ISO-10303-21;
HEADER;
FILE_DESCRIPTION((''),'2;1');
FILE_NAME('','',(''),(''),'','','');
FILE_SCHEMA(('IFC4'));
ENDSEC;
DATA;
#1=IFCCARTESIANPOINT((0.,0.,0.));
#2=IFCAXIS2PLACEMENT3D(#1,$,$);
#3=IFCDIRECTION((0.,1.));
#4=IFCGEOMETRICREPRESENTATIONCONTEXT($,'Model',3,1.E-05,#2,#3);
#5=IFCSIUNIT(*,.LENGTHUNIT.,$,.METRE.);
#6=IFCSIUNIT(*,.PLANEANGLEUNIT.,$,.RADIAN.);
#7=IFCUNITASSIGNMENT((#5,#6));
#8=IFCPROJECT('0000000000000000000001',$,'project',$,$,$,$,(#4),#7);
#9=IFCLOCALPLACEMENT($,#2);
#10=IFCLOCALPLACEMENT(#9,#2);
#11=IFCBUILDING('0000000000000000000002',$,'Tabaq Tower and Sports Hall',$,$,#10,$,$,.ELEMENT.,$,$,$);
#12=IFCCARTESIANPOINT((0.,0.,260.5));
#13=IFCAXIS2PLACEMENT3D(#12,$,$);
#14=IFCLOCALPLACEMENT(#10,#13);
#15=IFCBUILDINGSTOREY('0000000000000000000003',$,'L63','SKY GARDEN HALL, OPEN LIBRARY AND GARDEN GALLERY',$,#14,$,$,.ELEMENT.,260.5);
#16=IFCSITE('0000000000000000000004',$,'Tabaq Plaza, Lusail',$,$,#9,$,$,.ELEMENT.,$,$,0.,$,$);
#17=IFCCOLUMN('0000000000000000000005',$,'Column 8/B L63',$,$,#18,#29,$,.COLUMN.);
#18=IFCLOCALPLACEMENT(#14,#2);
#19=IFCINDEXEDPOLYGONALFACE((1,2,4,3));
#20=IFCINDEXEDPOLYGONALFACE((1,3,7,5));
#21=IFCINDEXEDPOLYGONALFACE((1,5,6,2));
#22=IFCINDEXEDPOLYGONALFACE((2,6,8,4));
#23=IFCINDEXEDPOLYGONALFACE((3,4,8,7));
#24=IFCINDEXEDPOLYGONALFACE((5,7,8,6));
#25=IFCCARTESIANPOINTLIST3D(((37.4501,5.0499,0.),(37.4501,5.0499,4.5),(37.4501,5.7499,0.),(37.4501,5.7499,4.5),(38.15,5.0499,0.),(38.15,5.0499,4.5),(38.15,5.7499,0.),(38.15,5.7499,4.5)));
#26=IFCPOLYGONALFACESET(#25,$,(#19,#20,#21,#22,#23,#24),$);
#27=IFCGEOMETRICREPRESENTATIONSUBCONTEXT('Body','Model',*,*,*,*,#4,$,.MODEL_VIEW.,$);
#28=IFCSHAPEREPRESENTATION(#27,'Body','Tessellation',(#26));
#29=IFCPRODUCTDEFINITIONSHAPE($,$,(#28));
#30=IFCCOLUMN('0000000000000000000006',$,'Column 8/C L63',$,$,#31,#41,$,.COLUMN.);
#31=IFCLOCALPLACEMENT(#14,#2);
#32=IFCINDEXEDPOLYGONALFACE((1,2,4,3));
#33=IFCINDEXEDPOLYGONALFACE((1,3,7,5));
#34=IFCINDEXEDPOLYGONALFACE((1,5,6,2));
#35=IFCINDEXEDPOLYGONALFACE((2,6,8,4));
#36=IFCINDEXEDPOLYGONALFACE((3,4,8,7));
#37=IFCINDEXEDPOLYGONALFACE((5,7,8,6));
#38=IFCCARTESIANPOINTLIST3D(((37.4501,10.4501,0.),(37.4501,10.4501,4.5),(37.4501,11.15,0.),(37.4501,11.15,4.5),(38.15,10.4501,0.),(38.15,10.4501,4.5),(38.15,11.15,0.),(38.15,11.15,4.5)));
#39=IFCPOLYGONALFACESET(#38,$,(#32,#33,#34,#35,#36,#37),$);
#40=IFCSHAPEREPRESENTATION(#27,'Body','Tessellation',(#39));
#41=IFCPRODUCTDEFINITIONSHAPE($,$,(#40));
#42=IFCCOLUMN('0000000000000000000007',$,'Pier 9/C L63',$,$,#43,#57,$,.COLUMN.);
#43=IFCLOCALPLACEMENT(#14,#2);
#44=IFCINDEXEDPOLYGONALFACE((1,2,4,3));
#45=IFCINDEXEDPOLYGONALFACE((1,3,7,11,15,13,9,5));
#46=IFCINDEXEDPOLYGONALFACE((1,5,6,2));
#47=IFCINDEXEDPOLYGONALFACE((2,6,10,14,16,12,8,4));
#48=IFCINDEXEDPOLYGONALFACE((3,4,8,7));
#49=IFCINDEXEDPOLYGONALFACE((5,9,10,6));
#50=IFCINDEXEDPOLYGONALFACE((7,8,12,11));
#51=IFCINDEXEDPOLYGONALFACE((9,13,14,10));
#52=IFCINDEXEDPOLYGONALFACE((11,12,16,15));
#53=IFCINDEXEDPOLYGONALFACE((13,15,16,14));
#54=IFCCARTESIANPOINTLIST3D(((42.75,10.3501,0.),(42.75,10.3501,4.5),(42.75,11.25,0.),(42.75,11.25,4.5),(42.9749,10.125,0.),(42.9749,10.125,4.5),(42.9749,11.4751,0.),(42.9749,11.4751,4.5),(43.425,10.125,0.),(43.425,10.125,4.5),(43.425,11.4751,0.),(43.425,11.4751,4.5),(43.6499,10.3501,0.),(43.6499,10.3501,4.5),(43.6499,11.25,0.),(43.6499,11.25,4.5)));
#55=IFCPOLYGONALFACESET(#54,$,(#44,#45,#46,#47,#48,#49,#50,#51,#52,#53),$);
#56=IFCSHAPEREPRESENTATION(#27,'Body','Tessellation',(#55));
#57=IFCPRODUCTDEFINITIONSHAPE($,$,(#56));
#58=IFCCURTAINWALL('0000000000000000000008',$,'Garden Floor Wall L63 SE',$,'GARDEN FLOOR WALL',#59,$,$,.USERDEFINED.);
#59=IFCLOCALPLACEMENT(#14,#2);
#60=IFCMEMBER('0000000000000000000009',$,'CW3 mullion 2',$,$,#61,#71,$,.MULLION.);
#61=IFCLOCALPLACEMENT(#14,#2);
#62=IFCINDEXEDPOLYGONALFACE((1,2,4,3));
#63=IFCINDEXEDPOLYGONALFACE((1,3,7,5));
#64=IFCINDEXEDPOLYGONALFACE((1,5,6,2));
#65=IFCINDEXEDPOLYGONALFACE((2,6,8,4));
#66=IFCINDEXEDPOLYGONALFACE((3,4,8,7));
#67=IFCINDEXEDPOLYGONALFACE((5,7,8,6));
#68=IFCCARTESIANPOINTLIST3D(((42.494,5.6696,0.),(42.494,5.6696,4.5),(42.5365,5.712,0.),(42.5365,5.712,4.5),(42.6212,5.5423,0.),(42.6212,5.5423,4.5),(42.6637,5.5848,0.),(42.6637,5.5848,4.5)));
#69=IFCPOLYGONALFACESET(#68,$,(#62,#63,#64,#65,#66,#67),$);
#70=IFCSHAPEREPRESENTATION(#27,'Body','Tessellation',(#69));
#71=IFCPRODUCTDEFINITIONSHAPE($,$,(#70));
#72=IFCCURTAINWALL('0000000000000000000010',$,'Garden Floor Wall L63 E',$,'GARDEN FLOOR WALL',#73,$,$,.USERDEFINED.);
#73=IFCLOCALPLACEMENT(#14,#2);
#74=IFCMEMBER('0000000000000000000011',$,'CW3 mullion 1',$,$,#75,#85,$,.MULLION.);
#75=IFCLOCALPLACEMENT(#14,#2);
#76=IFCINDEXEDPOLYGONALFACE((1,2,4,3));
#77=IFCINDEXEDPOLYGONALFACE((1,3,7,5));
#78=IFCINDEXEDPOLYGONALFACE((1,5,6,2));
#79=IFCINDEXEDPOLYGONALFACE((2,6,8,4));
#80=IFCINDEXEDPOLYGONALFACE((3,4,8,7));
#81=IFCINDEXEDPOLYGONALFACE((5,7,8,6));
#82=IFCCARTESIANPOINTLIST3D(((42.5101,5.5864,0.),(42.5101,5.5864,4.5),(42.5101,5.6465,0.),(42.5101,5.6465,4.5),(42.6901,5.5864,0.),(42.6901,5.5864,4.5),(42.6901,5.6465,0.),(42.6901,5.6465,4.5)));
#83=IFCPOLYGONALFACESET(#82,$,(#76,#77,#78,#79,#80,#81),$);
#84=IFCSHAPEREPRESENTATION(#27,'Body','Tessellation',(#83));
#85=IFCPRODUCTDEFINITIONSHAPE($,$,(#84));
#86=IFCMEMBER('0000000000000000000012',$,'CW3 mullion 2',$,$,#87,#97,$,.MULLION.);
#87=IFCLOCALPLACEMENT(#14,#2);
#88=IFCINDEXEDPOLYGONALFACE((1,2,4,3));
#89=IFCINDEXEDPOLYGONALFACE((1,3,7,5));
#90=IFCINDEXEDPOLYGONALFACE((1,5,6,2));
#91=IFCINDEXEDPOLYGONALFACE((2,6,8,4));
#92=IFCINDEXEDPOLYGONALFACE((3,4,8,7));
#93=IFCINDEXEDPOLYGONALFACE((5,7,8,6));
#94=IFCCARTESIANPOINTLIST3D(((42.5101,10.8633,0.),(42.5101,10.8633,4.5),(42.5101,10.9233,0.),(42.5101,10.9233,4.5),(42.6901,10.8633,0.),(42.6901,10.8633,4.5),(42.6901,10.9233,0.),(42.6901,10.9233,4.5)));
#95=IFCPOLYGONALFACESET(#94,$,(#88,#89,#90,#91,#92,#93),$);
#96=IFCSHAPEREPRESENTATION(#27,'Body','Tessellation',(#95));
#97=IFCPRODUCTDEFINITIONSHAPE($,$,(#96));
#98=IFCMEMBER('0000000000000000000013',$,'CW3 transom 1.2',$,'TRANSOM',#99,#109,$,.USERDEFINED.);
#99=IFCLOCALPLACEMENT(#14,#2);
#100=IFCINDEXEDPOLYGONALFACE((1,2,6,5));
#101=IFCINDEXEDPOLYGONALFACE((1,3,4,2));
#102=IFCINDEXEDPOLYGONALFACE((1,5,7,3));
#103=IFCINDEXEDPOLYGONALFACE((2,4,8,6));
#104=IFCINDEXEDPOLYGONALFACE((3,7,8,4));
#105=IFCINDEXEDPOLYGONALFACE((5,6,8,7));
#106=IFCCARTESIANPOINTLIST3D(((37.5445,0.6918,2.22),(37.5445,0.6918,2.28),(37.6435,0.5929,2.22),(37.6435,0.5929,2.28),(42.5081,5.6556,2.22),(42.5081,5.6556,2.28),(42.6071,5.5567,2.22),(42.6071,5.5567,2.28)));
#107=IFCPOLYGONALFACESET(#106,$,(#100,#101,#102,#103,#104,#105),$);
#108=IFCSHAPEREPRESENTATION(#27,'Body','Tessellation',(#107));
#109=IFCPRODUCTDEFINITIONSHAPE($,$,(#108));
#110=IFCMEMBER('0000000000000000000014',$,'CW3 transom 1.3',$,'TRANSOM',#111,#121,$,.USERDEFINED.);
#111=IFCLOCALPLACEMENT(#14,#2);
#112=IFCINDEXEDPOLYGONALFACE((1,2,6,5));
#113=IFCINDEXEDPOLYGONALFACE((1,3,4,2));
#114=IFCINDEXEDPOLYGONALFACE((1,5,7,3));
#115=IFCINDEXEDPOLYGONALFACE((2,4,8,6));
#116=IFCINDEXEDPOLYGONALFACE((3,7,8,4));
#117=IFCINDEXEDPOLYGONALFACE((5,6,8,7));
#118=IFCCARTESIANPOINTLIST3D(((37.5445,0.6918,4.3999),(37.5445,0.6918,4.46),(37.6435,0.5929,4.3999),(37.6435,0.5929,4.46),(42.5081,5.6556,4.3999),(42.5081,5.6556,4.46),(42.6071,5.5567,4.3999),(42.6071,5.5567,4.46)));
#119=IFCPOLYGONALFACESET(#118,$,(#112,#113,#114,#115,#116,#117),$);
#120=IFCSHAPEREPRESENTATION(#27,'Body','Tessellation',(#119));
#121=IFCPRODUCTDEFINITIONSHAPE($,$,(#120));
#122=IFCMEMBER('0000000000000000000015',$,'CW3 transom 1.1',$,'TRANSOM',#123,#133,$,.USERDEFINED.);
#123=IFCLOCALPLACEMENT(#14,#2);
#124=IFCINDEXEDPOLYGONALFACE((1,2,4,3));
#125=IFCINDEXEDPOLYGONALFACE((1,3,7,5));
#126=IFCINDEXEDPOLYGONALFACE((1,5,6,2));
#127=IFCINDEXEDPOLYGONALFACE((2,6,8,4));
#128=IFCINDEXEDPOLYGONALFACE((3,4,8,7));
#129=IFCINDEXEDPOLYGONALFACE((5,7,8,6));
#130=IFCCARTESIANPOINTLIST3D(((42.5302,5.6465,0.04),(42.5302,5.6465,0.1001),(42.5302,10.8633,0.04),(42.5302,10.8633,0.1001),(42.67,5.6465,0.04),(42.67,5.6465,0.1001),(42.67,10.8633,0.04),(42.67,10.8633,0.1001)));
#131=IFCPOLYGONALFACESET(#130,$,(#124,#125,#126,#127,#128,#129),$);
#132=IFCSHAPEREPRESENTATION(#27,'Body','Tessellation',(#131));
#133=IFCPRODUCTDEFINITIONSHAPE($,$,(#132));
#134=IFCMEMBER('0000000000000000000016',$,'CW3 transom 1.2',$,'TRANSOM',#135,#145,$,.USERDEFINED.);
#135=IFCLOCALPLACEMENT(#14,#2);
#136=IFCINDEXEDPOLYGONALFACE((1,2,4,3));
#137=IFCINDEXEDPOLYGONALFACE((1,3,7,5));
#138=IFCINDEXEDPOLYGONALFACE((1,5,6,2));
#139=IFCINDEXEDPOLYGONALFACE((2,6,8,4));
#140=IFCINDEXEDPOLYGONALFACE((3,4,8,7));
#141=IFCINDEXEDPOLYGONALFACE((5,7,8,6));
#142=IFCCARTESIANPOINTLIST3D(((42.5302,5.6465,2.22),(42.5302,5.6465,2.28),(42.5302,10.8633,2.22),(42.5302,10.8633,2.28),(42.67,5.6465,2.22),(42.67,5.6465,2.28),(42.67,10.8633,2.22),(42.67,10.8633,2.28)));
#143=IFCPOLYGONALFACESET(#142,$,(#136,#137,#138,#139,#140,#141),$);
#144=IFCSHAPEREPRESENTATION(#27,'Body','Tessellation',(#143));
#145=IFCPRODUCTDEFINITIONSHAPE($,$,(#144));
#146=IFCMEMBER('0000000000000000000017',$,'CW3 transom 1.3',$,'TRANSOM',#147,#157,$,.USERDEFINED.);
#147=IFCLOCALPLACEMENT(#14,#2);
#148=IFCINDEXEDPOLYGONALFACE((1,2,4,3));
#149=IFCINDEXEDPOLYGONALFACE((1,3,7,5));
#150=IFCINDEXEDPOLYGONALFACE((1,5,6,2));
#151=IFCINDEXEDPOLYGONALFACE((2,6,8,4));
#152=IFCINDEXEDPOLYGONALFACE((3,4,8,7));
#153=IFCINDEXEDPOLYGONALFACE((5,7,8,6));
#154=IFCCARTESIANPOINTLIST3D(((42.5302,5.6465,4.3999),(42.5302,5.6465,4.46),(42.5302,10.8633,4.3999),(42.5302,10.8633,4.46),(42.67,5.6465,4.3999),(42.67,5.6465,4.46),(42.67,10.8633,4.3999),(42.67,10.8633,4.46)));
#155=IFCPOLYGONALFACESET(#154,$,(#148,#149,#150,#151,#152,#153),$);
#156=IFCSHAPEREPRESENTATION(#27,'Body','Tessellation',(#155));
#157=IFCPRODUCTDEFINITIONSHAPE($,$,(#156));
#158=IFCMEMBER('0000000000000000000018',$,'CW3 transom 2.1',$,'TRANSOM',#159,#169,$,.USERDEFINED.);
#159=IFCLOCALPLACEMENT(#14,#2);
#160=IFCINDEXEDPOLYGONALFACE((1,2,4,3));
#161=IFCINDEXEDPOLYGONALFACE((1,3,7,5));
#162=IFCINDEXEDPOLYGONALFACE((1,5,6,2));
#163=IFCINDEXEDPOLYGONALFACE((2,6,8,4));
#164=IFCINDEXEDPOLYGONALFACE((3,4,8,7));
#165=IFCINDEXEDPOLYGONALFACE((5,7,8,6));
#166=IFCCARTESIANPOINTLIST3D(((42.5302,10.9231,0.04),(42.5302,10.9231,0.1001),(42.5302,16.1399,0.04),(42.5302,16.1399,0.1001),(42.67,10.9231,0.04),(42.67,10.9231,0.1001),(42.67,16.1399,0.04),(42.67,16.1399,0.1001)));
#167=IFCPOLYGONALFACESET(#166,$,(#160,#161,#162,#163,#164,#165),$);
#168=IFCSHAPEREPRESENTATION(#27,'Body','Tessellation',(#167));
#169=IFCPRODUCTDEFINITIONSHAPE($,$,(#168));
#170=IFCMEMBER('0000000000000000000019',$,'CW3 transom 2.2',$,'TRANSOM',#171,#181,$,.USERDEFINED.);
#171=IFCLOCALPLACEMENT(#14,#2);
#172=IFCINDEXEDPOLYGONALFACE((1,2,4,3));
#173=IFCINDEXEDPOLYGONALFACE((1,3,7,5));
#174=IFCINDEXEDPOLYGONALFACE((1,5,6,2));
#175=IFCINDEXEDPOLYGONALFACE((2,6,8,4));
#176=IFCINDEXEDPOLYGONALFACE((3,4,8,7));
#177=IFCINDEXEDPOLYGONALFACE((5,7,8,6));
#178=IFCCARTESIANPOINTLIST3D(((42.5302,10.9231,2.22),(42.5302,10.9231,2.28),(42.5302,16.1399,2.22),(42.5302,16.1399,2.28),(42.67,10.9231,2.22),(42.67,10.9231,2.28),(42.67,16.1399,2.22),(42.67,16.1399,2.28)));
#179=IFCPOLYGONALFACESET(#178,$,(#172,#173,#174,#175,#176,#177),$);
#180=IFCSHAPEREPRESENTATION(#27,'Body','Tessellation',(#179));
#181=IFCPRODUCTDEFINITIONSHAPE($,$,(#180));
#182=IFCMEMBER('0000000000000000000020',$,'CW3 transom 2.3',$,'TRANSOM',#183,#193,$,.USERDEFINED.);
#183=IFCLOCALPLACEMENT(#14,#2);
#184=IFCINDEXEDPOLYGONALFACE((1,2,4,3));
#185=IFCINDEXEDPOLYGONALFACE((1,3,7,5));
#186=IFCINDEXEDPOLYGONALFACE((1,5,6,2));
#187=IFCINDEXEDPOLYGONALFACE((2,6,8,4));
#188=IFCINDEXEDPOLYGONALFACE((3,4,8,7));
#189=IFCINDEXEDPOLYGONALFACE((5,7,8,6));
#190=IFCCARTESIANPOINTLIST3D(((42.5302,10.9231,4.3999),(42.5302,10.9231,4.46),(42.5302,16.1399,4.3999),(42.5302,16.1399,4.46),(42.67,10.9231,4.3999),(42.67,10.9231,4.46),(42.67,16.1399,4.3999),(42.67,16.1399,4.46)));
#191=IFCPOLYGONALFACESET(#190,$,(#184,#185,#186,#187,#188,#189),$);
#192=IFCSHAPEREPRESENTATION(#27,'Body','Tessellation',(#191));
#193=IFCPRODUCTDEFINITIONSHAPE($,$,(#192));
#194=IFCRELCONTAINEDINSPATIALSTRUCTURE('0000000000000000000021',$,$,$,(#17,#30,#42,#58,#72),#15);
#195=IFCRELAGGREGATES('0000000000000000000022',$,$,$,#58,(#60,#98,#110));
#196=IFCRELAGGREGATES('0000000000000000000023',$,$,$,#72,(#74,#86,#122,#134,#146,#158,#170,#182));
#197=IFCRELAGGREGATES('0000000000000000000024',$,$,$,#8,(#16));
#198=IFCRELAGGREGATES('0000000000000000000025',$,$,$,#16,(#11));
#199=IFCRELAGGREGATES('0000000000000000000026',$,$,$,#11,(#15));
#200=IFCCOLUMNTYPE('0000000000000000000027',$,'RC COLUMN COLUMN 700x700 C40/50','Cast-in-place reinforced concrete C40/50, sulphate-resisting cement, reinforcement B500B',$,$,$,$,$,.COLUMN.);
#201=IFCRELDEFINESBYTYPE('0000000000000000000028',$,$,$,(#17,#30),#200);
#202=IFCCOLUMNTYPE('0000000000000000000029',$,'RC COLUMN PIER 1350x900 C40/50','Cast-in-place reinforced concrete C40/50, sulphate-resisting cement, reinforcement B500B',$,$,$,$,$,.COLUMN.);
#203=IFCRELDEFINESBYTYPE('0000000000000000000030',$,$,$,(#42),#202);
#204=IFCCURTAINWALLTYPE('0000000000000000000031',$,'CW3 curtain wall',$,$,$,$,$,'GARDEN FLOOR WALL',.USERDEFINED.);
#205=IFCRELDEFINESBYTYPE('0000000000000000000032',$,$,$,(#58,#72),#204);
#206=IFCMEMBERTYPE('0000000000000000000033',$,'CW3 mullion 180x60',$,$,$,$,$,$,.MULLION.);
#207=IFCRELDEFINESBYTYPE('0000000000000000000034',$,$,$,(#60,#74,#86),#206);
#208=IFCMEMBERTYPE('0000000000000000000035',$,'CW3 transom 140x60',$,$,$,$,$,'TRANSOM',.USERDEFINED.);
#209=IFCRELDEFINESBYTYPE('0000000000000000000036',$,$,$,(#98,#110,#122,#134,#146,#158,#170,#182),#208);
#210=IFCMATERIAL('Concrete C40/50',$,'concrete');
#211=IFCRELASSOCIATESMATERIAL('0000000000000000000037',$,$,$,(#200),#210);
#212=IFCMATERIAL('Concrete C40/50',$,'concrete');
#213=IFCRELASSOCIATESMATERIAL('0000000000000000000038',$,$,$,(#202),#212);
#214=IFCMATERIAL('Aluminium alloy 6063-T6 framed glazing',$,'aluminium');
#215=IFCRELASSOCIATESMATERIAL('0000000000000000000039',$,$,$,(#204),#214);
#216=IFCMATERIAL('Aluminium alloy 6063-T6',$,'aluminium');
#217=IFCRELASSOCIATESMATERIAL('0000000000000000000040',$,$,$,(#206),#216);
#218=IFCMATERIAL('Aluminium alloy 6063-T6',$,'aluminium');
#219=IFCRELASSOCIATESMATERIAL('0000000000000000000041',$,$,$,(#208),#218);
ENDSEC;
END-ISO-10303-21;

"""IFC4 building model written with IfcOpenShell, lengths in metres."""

from ifc_helpers import new_model, si_unit, direction, frame, origin, origin_2d, place, context, subcontext, project, spatial, polyline, rectangle, outline, extrude, material, material_profile, profile_set, type_object, element, aggregate, save


model = new_model("IFC4")

# Units and contexts
model_context = context("Model", 3, precision=1e-05, world=origin(), true_north=direction((0.0, 1.0)))
body_context = subcontext(model_context, "Body", "Model", "MODEL_VIEW")
ifc_project = project(units=[si_unit("LENGTHUNIT", "METRE"), si_unit("PLANEANGLEUNIT", "RADIAN")], contexts=[model_context])

# Site, building, storey
site_placement = place(None, origin())
site = spatial("IfcSite", under=ifc_project, at=site_placement, Name="Tabaq Plaza, Lusail", CompositionType="ELEMENT", RefElevation=0.0)
building_placement = place(site_placement, origin())
building = spatial("IfcBuilding", under=site, at=building_placement, Name="Tabaq Tower and Sports Hall", CompositionType="ELEMENT")
storey_placement = place(building_placement, frame((0.0, 0.0, 260.5)))
storey = spatial("IfcBuildingStorey", under=building, at=storey_placement, Name="L63", Description="SKY GARDEN HALL, OPEN LIBRARY AND GARDEN GALLERY", CompositionType="ELEMENT", Elevation=260.5)

# Columns
ifc_material_1 = material(Name="Concrete C40/50", Category="concrete")
ifc_material_profile_1 = material_profile(ifc_material_1, rectangle(XDim=0.7, YDim=0.7, at=origin_2d()), Name="COLUMN 700x700")
ifc_profile_set_1 = profile_set([ifc_material_profile_1], Name="Concrete C40/50")
column_type_1 = type_object("IfcColumnType", Name="RC COLUMN COLUMN 700x700 C40/50", Description="Cast-in-place reinforced concrete C40/50, sulphate-resisting cement, reinforcement B500B", PredefinedType="COLUMN", material=ifc_profile_set_1)
for number, where, z_axis, x_axis, name in (
    (1, (37.8, 5.3999, 0.0), (0.0, 0.0, 1.0), (1.0, 0.0, 0.0), "Column 8/B L63"),
    (2, (37.8, 10.8, 0.0), (0.0, 0.0, 1.0), (1.0, 0.0, 0.0), "Column 8/C L63"),
):
    element("IfcColumn", number, at=place(storey_placement, frame(where, z_axis=z_axis, x_axis=x_axis)), inside=storey, type_object=column_type_1, Name=name, PredefinedType="COLUMN", context=body_context, shape_type="SweptSolid", body=[
        extrude(rectangle(XDim=0.7, YDim=0.7, at=origin_2d()), origin(), (0.0, 0.0, 1.0), 4.5),
    ])
ifc_material_2 = material(Name="Concrete C40/50", Category="concrete")
ifc_material_profile_2 = material_profile(ifc_material_2, outline(polyline([(-0.45, -0.45), (0.45, -0.45), (0.675, -0.2251), (0.675, 0.2251), (0.45, 0.45), (-0.45, 0.45), (-0.675, 0.2251), (-0.675, -0.2251), (-0.45, -0.45)])), Name="PIER 1350x900")
ifc_profile_set_2 = profile_set([ifc_material_profile_2], Name="Concrete C40/50")
column_type_2 = type_object("IfcColumnType", Name="RC COLUMN PIER 1350x900 C40/50", Description="Cast-in-place reinforced concrete C40/50, sulphate-resisting cement, reinforcement B500B", PredefinedType="COLUMN", material=ifc_profile_set_2)
column_placement = place(storey_placement, frame((43.2, 10.8, 0.0), z_axis=(0.0, 0.0, 1.0), x_axis=(0.0, 1.0, 0.0)))
element("IfcColumn", 3, at=column_placement, inside=storey, type_object=column_type_2, Name="Pier 9/C L63", PredefinedType="COLUMN", context=body_context, shape_type="SweptSolid", body=[
    extrude(outline(polyline([(-0.45, -0.45), (0.45, -0.45), (0.675, -0.2251), (0.675, 0.2251), (0.45, 0.45), (-0.45, 0.45), (-0.675, 0.2251), (-0.675, -0.2251), (-0.45, -0.45)])), origin(), (0.0, 0.0, 1.0), 4.5),
])

# Curtain wall, member
ifc_material_3 = material(Name="Aluminium alloy 6063-T6 framed glazing", Category="aluminium")
curtain_wall_type = type_object("IfcCurtainWallType", Name="CW3 curtain wall", ElementType="GARDEN FLOOR WALL", PredefinedType="USERDEFINED", material=ifc_material_3)
curtain_wall_1_placement = place(storey_placement, origin())
curtain_wall_1 = element("IfcCurtainWall", 4, at=curtain_wall_1_placement, inside=storey, type_object=curtain_wall_type, Name="Garden Floor Wall L63 SE", ObjectType="GARDEN FLOOR WALL", PredefinedType="USERDEFINED")
ifc_material_4 = material(Name="Aluminium alloy 6063-T6", Category="aluminium")
ifc_material_profile_3 = material_profile(ifc_material_4, rectangle(XDim=0.1799, YDim=0.0601, at=origin_2d()), Name="MULLION 180x60")
ifc_profile_set_3 = profile_set([ifc_material_profile_3], Name="Aluminium alloy 6063-T6")
member_type_1 = type_object("IfcMemberType", Name="CW3 mullion 180x60", PredefinedType="MULLION", material=ifc_profile_set_3)
member_1_placement = place(storey_placement, frame((42.5789, 5.6272, 0.0), z_axis=(0.0, 0.0, 1.0), x_axis=(-0.707107, 0.707107, 0.0)))
member_1 = element("IfcMember", 5, at=member_1_placement, type_object=member_type_1, Name="CW3 mullion 2", PredefinedType="MULLION", context=body_context, shape_type="SweptSolid", body=[
    extrude(rectangle(XDim=0.1799, YDim=0.0601, at=origin_2d()), origin(), (0.0, 0.0, 1.0), 4.5),
])

# Curtain wall, members
curtain_wall_2_placement = place(storey_placement, origin())
curtain_wall_2 = element("IfcCurtainWall", 6, at=curtain_wall_2_placement, inside=storey, type_object=curtain_wall_type, Name="Garden Floor Wall L63 E", ObjectType="GARDEN FLOOR WALL", PredefinedType="USERDEFINED")
member_2_placement = place(storey_placement, frame((42.6001, 5.6165, 0.0), z_axis=(0.0, 0.0, 1.0), x_axis=(-1.0, 0.0, 0.0)))
member_2 = element("IfcMember", 7, at=member_2_placement, type_object=member_type_1, Name="CW3 mullion 1", PredefinedType="MULLION", context=body_context, shape_type="SweptSolid", body=[
    extrude(rectangle(XDim=0.1799, YDim=0.0601, at=origin_2d()), origin(), (0.0, 0.0, 1.0), 4.5),
])
member_3_placement = place(storey_placement, frame((42.6001, 10.8933, 0.0), z_axis=(0.0, 0.0, 1.0), x_axis=(-1.0, 0.0, 0.0)))
member_3 = element("IfcMember", 8, at=member_3_placement, type_object=member_type_1, Name="CW3 mullion 2", PredefinedType="MULLION", context=body_context, shape_type="SweptSolid", body=[
    extrude(rectangle(XDim=0.1799, YDim=0.0601, at=origin_2d()), origin(), (0.0, 0.0, 1.0), 4.5),
])

# Members
ifc_material_5 = material(Name="Aluminium alloy 6063-T6", Category="aluminium")
ifc_material_profile_4 = material_profile(ifc_material_5, rectangle(XDim=0.1399, YDim=0.0601, at=origin_2d()), Name="TRANSOM 140x60")
ifc_profile_set_4 = profile_set([ifc_material_profile_4], Name="Aluminium alloy 6063-T6")
member_type_2 = type_object("IfcMemberType", Name="CW3 transom 140x60", ElementType="TRANSOM", PredefinedType="USERDEFINED", material=ifc_profile_set_4)
member_4_placement = place(storey_placement, frame((37.594, 0.6423, 2.25), z_axis=(0.707089, 0.707124, 0.0), x_axis=(-0.707124, 0.707089, 0.0)))
member_4 = element("IfcMember", 9, at=member_4_placement, type_object=member_type_2, Name="CW3 transom 1.2", ObjectType="TRANSOM", PredefinedType="USERDEFINED", context=body_context, shape_type="SweptSolid", body=[
    extrude(rectangle(XDim=0.1399, YDim=0.0601, at=origin_2d()), origin(), (0.0, 0.0, 1.0), 7.0198),
])
member_5_placement = place(storey_placement, frame((37.594, 0.6423, 4.4299), z_axis=(0.707089, 0.707124, 0.0), x_axis=(-0.707124, 0.707089, 0.0)))
member_5 = element("IfcMember", 10, at=member_5_placement, type_object=member_type_2, Name="CW3 transom 1.3", ObjectType="TRANSOM", PredefinedType="USERDEFINED", context=body_context, shape_type="SweptSolid", body=[
    extrude(rectangle(XDim=0.1399, YDim=0.0601, at=origin_2d()), origin(), (0.0, 0.0, 1.0), 7.0198),
])
member_6_placement = place(storey_placement, frame((42.6001, 5.6465, 0.0701), z_axis=(0.0, 1.0, 0.0), x_axis=(-1.0, 0.0, 0.0)))
member_6 = element("IfcMember", 11, at=member_6_placement, type_object=member_type_2, Name="CW3 transom 1.1", ObjectType="TRANSOM", PredefinedType="USERDEFINED", context=body_context, shape_type="SweptSolid", body=[
    extrude(rectangle(XDim=0.1399, YDim=0.0601, at=origin_2d()), origin(), (0.0, 0.0, 1.0), 5.2168),
])
member_7_placement = place(storey_placement, frame((42.6001, 5.6465, 2.25), z_axis=(0.0, 1.0, 0.0), x_axis=(-1.0, 0.0, 0.0)))
member_7 = element("IfcMember", 12, at=member_7_placement, type_object=member_type_2, Name="CW3 transom 1.2", ObjectType="TRANSOM", PredefinedType="USERDEFINED", context=body_context, shape_type="SweptSolid", body=[
    extrude(rectangle(XDim=0.1399, YDim=0.0601, at=origin_2d()), origin(), (0.0, 0.0, 1.0), 5.2168),
])
member_8_placement = place(storey_placement, frame((42.6001, 5.6465, 4.4299), z_axis=(0.0, 1.0, 0.0), x_axis=(-1.0, 0.0, 0.0)))
member_8 = element("IfcMember", 13, at=member_8_placement, type_object=member_type_2, Name="CW3 transom 1.3", ObjectType="TRANSOM", PredefinedType="USERDEFINED", context=body_context, shape_type="SweptSolid", body=[
    extrude(rectangle(XDim=0.1399, YDim=0.0601, at=origin_2d()), origin(), (0.0, 0.0, 1.0), 5.2168),
])
member_9_placement = place(storey_placement, frame((42.6001, 10.9231, 0.0701), z_axis=(0.0, 1.0, 0.0), x_axis=(-1.0, 0.0, 0.0)))
member_9 = element("IfcMember", 14, at=member_9_placement, type_object=member_type_2, Name="CW3 transom 2.1", ObjectType="TRANSOM", PredefinedType="USERDEFINED", context=body_context, shape_type="SweptSolid", body=[
    extrude(rectangle(XDim=0.1399, YDim=0.0601, at=origin_2d()), origin(), (0.0, 0.0, 1.0), 5.2168),
])
member_10_placement = place(storey_placement, frame((42.6001, 10.9231, 2.25), z_axis=(0.0, 1.0, 0.0), x_axis=(-1.0, 0.0, 0.0)))
member_10 = element("IfcMember", 15, at=member_10_placement, type_object=member_type_2, Name="CW3 transom 2.2", ObjectType="TRANSOM", PredefinedType="USERDEFINED", context=body_context, shape_type="SweptSolid", body=[
    extrude(rectangle(XDim=0.1399, YDim=0.0601, at=origin_2d()), origin(), (0.0, 0.0, 1.0), 5.2168),
])
member_11_placement = place(storey_placement, frame((42.6001, 10.9231, 4.4299), z_axis=(0.0, 1.0, 0.0), x_axis=(-1.0, 0.0, 0.0)))
member_11 = element("IfcMember", 16, at=member_11_placement, type_object=member_type_2, Name="CW3 transom 2.3", ObjectType="TRANSOM", PredefinedType="USERDEFINED", context=body_context, shape_type="SweptSolid", body=[
    extrude(rectangle(XDim=0.1399, YDim=0.0601, at=origin_2d()), origin(), (0.0, 0.0, 1.0), 5.2168),
])

aggregate(curtain_wall_1, [member_1, member_4, member_5])
aggregate(curtain_wall_2, [member_2, member_3, member_6, member_7, member_8, member_9, member_10, member_11])

save(model, "model.ifc")
